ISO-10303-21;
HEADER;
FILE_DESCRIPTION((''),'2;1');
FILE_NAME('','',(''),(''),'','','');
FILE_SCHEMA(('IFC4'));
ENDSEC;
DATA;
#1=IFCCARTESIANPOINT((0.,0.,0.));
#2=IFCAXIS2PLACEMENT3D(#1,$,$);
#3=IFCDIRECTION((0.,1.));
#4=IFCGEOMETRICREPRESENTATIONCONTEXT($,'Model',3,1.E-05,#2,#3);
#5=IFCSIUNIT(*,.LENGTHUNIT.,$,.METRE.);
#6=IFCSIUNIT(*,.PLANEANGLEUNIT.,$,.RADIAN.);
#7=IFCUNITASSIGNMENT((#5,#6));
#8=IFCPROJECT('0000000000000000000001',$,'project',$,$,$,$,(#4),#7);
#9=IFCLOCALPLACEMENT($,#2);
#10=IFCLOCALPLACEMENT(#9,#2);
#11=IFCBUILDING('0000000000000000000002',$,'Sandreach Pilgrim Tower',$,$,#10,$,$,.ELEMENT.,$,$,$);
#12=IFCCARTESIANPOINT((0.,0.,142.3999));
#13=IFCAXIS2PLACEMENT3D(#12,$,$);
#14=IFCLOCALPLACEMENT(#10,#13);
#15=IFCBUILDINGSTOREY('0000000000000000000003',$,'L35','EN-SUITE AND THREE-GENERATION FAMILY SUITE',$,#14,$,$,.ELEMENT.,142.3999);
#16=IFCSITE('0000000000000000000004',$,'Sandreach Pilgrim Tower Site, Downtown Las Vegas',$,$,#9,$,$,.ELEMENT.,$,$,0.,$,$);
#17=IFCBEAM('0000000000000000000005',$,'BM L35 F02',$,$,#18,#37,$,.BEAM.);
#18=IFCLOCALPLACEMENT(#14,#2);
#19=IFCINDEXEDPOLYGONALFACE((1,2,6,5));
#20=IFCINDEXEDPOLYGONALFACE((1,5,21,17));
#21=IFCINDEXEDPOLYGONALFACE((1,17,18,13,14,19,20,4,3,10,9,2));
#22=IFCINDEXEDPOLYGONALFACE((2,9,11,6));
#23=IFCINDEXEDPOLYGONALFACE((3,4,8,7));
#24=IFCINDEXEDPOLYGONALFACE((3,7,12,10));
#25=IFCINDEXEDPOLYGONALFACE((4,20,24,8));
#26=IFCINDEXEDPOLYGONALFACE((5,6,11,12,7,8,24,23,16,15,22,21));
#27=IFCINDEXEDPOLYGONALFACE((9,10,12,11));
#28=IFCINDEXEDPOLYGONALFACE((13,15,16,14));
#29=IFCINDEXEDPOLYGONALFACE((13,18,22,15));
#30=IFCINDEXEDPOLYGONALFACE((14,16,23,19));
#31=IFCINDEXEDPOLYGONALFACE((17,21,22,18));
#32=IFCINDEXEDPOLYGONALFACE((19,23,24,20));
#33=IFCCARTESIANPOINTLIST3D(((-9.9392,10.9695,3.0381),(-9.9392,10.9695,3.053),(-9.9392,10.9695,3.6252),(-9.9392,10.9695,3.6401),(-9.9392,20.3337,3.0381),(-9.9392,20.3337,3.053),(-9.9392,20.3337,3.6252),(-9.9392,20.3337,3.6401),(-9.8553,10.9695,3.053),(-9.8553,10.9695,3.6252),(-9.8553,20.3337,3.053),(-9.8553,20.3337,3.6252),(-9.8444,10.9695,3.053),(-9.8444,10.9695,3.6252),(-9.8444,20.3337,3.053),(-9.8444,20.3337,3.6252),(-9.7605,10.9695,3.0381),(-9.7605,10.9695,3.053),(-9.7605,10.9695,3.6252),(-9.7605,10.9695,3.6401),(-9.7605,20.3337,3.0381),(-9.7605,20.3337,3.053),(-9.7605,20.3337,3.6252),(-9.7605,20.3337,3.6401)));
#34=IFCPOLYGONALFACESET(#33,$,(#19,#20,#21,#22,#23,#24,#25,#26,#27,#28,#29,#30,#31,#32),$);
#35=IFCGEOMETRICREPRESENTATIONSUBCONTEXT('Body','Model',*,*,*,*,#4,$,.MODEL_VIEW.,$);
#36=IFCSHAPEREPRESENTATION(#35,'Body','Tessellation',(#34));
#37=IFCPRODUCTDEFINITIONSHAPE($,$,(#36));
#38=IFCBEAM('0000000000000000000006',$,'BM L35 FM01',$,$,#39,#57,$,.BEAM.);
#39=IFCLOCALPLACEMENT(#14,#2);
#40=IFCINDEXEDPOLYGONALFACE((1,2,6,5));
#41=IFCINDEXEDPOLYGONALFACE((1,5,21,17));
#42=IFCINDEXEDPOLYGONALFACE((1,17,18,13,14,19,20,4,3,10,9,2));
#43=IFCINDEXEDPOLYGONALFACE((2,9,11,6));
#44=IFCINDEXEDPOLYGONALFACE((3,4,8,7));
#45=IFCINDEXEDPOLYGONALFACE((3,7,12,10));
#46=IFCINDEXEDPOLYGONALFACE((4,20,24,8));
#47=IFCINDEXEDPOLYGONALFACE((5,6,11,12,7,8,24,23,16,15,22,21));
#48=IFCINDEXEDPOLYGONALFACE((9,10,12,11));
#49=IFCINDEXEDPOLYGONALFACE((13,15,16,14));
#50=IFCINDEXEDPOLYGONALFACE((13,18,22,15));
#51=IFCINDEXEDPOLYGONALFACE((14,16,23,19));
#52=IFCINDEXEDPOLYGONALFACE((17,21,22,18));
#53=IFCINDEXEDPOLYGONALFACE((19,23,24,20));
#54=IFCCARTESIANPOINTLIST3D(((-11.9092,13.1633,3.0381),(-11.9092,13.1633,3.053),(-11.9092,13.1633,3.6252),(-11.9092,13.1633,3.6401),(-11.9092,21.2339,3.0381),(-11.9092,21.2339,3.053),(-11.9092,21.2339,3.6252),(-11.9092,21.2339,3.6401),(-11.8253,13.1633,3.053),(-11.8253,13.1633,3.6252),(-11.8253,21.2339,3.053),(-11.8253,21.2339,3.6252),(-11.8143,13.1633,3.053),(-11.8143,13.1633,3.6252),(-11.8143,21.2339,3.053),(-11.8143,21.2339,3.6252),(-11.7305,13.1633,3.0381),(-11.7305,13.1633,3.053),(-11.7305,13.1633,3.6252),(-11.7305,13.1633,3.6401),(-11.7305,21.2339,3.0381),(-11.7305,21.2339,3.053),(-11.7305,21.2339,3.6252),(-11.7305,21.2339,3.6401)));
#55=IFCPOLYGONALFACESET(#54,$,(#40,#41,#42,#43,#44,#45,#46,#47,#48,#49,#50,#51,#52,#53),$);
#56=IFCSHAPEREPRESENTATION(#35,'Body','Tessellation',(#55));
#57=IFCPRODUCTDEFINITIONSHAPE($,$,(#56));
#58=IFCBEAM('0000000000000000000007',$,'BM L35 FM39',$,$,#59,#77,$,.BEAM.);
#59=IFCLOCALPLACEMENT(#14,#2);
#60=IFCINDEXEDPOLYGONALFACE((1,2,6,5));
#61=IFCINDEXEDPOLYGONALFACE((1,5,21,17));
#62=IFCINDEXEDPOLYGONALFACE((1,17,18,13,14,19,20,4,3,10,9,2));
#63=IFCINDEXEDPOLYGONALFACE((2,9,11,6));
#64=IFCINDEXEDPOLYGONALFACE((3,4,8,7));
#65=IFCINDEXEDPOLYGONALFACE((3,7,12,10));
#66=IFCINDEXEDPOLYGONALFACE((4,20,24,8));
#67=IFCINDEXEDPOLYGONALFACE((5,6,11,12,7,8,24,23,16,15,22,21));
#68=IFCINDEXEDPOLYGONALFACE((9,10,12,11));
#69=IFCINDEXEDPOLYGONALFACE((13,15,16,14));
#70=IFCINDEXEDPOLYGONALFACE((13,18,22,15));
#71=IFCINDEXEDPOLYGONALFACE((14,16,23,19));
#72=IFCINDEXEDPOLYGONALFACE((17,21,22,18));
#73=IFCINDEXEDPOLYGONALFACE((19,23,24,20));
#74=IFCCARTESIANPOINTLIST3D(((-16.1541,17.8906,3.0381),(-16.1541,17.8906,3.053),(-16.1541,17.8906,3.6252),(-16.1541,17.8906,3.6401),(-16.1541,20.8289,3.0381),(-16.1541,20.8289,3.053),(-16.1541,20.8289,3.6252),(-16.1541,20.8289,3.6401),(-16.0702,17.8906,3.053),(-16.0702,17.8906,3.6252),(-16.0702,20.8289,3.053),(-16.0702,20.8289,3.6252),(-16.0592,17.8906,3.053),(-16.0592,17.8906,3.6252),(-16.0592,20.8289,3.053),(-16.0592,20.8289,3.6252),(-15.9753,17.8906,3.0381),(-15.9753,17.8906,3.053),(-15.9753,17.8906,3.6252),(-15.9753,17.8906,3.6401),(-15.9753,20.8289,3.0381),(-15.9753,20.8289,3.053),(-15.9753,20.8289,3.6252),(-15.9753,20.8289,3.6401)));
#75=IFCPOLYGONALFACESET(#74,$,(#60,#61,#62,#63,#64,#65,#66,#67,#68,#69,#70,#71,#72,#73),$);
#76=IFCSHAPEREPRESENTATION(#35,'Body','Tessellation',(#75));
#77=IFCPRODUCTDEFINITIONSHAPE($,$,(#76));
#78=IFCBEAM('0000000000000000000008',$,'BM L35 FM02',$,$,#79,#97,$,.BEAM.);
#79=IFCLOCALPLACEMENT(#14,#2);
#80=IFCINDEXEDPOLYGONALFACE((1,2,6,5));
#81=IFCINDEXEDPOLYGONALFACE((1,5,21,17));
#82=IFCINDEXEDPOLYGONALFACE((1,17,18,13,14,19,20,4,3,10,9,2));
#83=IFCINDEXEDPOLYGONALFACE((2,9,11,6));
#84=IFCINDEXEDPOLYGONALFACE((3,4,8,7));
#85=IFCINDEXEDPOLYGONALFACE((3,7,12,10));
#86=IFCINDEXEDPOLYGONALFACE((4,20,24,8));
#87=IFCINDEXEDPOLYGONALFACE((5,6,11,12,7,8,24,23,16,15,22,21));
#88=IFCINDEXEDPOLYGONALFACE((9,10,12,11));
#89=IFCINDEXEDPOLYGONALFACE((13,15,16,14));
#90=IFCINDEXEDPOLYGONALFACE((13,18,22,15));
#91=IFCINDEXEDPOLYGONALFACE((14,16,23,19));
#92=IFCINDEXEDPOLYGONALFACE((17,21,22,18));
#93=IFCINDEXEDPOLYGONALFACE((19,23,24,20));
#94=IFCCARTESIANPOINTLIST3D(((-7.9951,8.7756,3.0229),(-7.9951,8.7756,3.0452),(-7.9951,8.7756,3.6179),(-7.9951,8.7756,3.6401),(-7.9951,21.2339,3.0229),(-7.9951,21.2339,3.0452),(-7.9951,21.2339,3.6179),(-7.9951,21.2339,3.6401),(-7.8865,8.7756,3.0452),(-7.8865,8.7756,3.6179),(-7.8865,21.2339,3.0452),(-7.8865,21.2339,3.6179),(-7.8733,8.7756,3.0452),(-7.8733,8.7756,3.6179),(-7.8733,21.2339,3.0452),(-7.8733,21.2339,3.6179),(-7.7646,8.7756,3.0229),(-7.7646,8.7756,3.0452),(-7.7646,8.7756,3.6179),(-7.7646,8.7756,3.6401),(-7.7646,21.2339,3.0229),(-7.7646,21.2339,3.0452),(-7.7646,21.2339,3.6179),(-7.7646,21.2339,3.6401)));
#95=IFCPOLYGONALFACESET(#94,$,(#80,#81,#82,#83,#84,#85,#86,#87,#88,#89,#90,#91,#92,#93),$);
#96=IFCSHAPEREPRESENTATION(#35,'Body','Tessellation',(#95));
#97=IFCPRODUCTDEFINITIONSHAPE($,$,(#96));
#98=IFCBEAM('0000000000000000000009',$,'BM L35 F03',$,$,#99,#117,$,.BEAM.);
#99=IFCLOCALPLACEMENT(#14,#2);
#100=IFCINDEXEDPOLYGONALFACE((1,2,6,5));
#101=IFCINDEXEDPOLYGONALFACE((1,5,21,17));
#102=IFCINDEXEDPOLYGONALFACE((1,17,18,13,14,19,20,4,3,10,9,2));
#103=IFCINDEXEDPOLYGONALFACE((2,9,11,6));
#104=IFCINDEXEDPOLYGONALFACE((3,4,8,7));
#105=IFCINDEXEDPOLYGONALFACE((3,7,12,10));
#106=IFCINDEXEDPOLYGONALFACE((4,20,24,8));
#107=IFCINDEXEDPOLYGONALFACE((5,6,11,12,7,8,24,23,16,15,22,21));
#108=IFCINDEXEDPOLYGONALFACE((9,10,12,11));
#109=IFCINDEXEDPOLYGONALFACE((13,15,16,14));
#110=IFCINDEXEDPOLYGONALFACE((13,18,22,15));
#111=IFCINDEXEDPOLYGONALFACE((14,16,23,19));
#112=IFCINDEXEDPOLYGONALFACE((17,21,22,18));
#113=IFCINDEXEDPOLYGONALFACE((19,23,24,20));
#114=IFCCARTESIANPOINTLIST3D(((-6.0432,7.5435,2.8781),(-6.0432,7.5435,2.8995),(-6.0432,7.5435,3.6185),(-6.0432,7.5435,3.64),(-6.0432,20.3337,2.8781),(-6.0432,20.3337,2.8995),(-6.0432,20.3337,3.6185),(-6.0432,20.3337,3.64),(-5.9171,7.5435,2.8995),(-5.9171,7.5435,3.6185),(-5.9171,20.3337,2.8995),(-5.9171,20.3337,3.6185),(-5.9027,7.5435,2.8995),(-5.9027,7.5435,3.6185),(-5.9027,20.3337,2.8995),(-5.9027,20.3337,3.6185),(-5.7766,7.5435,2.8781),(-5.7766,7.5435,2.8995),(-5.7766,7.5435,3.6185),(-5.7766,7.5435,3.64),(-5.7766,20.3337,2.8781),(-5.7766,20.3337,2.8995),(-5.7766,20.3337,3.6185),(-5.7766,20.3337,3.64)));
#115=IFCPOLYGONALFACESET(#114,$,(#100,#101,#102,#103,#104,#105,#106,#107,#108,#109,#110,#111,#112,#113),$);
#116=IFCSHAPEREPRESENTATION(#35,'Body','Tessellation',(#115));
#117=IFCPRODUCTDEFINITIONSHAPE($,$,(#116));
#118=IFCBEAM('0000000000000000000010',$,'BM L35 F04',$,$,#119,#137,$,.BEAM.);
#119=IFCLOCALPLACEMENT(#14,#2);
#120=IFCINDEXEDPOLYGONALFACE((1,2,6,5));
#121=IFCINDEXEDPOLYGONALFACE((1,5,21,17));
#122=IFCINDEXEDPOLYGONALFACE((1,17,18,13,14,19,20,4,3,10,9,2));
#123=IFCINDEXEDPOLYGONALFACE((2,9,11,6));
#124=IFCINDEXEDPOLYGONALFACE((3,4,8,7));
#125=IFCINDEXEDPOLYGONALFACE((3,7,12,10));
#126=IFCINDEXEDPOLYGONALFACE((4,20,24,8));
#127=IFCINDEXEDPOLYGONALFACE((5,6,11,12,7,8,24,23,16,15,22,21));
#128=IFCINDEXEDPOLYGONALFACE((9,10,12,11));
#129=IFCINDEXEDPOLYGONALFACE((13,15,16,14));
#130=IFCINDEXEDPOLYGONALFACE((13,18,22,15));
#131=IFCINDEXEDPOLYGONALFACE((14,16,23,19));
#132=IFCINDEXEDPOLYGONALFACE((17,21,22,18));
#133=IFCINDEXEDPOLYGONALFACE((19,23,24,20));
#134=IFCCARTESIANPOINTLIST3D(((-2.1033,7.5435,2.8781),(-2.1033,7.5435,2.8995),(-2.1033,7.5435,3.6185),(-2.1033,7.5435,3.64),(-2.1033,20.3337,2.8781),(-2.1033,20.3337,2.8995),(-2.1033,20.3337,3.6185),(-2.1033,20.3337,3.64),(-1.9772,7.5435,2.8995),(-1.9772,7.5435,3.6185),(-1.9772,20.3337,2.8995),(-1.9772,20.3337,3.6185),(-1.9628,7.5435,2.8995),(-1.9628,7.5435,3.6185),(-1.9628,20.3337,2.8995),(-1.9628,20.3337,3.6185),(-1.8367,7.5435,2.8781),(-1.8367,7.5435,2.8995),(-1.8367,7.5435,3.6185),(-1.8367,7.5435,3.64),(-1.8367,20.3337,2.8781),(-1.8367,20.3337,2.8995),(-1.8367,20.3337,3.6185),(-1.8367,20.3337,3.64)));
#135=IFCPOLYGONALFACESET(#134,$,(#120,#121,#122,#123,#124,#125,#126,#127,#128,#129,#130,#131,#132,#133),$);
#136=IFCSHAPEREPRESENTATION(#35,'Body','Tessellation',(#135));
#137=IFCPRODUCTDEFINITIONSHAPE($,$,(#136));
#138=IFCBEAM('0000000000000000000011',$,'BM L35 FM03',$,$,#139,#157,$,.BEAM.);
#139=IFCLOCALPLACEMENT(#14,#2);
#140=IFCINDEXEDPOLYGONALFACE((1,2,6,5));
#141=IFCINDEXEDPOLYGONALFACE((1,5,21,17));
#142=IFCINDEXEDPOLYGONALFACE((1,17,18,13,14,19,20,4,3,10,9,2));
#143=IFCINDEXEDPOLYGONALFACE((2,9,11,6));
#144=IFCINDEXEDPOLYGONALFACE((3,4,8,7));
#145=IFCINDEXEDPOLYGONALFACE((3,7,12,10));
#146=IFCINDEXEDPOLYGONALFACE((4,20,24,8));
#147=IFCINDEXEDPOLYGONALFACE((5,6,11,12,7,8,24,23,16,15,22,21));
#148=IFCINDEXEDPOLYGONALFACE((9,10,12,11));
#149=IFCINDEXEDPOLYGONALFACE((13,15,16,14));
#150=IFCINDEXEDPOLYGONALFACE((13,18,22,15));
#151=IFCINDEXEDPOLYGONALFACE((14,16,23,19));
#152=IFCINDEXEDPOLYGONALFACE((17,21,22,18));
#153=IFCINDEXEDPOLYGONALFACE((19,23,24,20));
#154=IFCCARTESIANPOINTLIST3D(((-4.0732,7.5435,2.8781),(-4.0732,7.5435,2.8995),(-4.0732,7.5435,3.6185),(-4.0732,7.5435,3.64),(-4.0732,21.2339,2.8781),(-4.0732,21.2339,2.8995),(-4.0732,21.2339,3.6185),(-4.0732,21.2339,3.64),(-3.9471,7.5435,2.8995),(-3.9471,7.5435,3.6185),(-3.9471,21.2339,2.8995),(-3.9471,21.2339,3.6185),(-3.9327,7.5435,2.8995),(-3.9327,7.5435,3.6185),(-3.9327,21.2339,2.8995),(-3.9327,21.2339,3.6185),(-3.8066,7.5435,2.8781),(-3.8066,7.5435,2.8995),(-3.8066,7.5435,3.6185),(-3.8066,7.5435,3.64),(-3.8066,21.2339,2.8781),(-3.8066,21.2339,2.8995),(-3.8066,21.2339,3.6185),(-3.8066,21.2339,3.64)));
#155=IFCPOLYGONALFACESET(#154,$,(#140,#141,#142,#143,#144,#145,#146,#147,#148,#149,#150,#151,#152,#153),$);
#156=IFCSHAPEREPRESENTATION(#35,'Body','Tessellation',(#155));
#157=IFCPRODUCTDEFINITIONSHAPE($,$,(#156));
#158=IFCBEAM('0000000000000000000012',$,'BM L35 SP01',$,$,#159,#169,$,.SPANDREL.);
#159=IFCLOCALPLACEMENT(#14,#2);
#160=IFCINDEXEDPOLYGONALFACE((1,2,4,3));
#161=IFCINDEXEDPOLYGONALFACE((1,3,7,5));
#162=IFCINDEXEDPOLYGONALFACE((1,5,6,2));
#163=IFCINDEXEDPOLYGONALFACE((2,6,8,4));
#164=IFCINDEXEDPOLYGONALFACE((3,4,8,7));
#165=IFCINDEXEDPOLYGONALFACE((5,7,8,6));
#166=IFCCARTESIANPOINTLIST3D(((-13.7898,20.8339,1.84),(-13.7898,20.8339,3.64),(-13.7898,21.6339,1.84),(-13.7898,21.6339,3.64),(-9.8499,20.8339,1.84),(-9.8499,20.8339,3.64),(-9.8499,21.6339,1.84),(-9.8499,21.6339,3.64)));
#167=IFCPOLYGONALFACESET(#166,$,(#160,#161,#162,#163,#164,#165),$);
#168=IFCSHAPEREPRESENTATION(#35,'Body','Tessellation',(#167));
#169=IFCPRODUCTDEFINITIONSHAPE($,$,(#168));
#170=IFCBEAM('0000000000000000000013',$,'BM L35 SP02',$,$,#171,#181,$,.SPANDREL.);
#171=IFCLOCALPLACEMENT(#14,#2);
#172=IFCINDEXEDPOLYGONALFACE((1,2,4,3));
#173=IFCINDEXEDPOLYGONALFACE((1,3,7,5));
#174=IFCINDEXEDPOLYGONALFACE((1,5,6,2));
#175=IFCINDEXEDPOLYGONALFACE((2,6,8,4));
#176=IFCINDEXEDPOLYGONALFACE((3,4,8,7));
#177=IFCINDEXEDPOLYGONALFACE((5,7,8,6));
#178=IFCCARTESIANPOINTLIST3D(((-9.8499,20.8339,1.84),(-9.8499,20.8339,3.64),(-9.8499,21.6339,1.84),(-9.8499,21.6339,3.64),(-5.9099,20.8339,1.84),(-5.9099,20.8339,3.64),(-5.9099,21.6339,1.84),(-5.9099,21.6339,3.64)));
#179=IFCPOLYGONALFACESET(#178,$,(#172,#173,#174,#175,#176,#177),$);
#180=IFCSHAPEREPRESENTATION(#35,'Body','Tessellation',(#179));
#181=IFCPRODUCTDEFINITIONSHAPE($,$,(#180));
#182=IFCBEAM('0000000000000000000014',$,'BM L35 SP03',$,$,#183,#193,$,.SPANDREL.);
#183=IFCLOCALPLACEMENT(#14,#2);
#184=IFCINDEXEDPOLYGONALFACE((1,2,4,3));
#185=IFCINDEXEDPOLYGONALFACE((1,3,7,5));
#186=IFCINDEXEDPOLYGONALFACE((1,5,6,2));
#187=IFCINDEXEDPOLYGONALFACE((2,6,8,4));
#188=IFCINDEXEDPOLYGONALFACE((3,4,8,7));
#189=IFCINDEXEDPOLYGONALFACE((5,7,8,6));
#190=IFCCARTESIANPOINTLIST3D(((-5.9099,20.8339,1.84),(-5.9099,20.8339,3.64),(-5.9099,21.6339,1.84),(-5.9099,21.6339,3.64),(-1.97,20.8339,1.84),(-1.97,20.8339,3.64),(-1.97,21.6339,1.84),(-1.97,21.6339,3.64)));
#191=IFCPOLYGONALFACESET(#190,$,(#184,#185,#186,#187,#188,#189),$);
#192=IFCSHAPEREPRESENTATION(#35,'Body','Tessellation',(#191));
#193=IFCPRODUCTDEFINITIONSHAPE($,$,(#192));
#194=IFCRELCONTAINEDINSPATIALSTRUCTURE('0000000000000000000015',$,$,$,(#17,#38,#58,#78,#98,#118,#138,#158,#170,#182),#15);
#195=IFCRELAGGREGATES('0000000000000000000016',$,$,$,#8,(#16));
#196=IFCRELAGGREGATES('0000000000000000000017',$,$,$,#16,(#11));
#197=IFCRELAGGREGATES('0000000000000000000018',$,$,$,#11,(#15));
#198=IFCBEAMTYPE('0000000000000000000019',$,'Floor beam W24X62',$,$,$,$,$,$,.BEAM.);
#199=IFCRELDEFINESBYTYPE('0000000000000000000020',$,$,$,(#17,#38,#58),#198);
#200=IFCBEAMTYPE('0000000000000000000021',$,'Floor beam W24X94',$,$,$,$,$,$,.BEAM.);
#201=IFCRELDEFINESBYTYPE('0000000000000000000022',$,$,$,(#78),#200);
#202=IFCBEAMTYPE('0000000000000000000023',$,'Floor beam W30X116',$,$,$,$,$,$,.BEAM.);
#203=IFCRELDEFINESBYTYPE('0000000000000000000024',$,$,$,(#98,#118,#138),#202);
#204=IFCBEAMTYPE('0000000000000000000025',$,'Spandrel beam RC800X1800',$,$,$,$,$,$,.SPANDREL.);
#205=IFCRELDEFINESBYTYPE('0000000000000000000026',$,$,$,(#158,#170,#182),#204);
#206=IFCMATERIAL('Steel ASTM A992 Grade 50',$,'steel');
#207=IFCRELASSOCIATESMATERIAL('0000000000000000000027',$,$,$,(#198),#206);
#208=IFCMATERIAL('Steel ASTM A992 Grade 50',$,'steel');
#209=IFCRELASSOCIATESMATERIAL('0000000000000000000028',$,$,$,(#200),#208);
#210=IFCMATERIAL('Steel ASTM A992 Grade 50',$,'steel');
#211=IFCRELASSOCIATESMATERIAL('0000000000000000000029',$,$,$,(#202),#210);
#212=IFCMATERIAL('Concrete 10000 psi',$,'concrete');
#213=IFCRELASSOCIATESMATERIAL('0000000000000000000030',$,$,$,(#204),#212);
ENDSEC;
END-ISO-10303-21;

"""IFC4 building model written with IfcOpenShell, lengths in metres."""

from ifc_helpers import new_model, si_unit, direction, frame, origin, origin_2d, place, context, subcontext, project, spatial, rectangle, i_section, extrude, material, material_profile, profile_set, type_object, element, save


model = new_model("IFC4")

# Units and contexts
model_context = context("Model", 3, precision=1e-05, world=origin(), true_north=direction((0.0, 1.0)))
body_context = subcontext(model_context, "Body", "Model", "MODEL_VIEW")
ifc_project = project(units=[si_unit("LENGTHUNIT", "METRE"), si_unit("PLANEANGLEUNIT", "RADIAN")], contexts=[model_context])

# Site, building, storey
site_placement = place(None, origin())
site = spatial("IfcSite", under=ifc_project, at=site_placement, Name="Sandreach Pilgrim Tower Site, Downtown Las Vegas", CompositionType="ELEMENT", RefElevation=0.0)
building_placement = place(site_placement, origin())
building = spatial("IfcBuilding", under=site, at=building_placement, Name="Sandreach Pilgrim Tower", CompositionType="ELEMENT")
storey_placement = place(building_placement, frame((0.0, 0.0, 142.3999)))
storey = spatial("IfcBuildingStorey", under=building, at=storey_placement, Name="L35", Description="EN-SUITE AND THREE-GENERATION FAMILY SUITE", CompositionType="ELEMENT", Elevation=142.3999)

# Beams
ifc_material_1 = material(Name="Steel ASTM A992 Grade 50", Category="steel")
ifc_material_profile_1 = material_profile(ifc_material_1, i_section(OverallWidth=0.1787, OverallDepth=0.6021, WebThickness=0.011, FlangeThickness=0.0149, at=origin_2d()), Name="W24X62")
ifc_profile_set_1 = profile_set([ifc_material_profile_1], Name="Steel ASTM A992 Grade 50")
beam_type_1 = type_object("IfcBeamType", Name="Floor beam W24X62", PredefinedType="BEAM", material=ifc_profile_set_1)
beam_1_placement = place(storey_placement, frame((-9.8499, 20.3337, 3.3391), z_axis=(0.0, -1.0, 0.0), x_axis=(1.0, 0.0, 0.0)))
element("IfcBeam", 1, at=beam_1_placement, inside=storey, type_object=beam_type_1, Name="BM L35 F02", PredefinedType="BEAM", context=body_context, shape_type="SweptSolid", body=[
    extrude(i_section(OverallWidth=0.1787, OverallDepth=0.6021, WebThickness=0.011, FlangeThickness=0.0149, at=origin_2d()), origin(), (0.0, 0.0, 1.0), 9.3643),
])
beam_2_placement = place(storey_placement, frame((-11.8198, 21.2339, 3.3391), z_axis=(0.0, -1.0, 0.0), x_axis=(1.0, 0.0, 0.0)))
element("IfcBeam", 2, at=beam_2_placement, inside=storey, type_object=beam_type_1, Name="BM L35 FM01", PredefinedType="BEAM", context=body_context, shape_type="SweptSolid", body=[
    extrude(i_section(OverallWidth=0.1787, OverallDepth=0.6021, WebThickness=0.011, FlangeThickness=0.0149, at=origin_2d()), origin(), (0.0, 0.0, 1.0), 8.0706),
])
beam_3_placement = place(storey_placement, frame((-16.0647, 20.8289, 3.3391), z_axis=(0.0, -1.0, 0.0), x_axis=(1.0, 0.0, 0.0)))
element("IfcBeam", 3, at=beam_3_placement, inside=storey, type_object=beam_type_1, Name="BM L35 FM39", PredefinedType="BEAM", context=body_context, shape_type="SweptSolid", body=[
    extrude(i_section(OverallWidth=0.1787, OverallDepth=0.6021, WebThickness=0.011, FlangeThickness=0.0149, at=origin_2d()), origin(), (0.0, 0.0, 1.0), 2.9382),
])
ifc_material_2 = material(Name="Steel ASTM A992 Grade 50", Category="steel")
ifc_material_profile_2 = material_profile(ifc_material_2, i_section(OverallWidth=0.2305, OverallDepth=0.6172, WebThickness=0.0132, FlangeThickness=0.0222, at=origin_2d()), Name="W24X94")
ifc_profile_set_2 = profile_set([ifc_material_profile_2], Name="Steel ASTM A992 Grade 50")
beam_type_2 = type_object("IfcBeamType", Name="Floor beam W24X94", PredefinedType="BEAM", material=ifc_profile_set_2)
beam_4_placement = place(storey_placement, frame((-7.8799, 21.2339, 3.3315), z_axis=(0.0, -1.0, 0.0), x_axis=(1.0, 0.0, 0.0)))
element("IfcBeam", 4, at=beam_4_placement, inside=storey, type_object=beam_type_2, Name="BM L35 FM02", PredefinedType="BEAM", context=body_context, shape_type="SweptSolid", body=[
    extrude(i_section(OverallWidth=0.2305, OverallDepth=0.6172, WebThickness=0.0132, FlangeThickness=0.0222, at=origin_2d()), origin(), (0.0, 0.0, 1.0), 12.4583),
])
ifc_material_3 = material(Name="Steel ASTM A992 Grade 50", Category="steel")
ifc_material_profile_3 = material_profile(ifc_material_3, i_section(OverallWidth=0.2666, OverallDepth=0.762, WebThickness=0.0144, FlangeThickness=0.0215, at=origin_2d()), Name="W30X116")
ifc_profile_set_3 = profile_set([ifc_material_profile_3], Name="Steel ASTM A992 Grade 50")
beam_type_3 = type_object("IfcBeamType", Name="Floor beam W30X116", PredefinedType="BEAM", material=ifc_profile_set_3)
for number, where, z_axis, x_axis, name in (
    (5, (-5.9099, 20.3337, 3.259), (0.0, -1.0, 0.0), (1.0, 0.0, 0.0), "BM L35 F03"),
    (6, (-1.97, 20.3337, 3.259), (0.0, -1.0, 0.0), (1.0, 0.0, 0.0), "BM L35 F04"),
):
    element("IfcBeam", number, at=place(storey_placement, frame(where, z_axis=z_axis, x_axis=x_axis)), inside=storey, type_object=beam_type_3, Name=name, PredefinedType="BEAM", context=body_context, shape_type="SweptSolid", body=[
        extrude(i_section(OverallWidth=0.2666, OverallDepth=0.762, WebThickness=0.0144, FlangeThickness=0.0215, at=origin_2d()), origin(), (0.0, 0.0, 1.0), 12.7903),
    ])
beam_5_placement = place(storey_placement, frame((-3.9399, 21.2339, 3.259), z_axis=(0.0, -1.0, 0.0), x_axis=(1.0, 0.0, 0.0)))
element("IfcBeam", 7, at=beam_5_placement, inside=storey, type_object=beam_type_3, Name="BM L35 FM03", PredefinedType="BEAM", context=body_context, shape_type="SweptSolid", body=[
    extrude(i_section(OverallWidth=0.2666, OverallDepth=0.762, WebThickness=0.0144, FlangeThickness=0.0215, at=origin_2d()), origin(), (0.0, 0.0, 1.0), 13.6904),
])
ifc_material_4 = material(Name="Concrete 10000 psi", Category="concrete")
ifc_material_profile_4 = material_profile(ifc_material_4, rectangle(XDim=0.8, YDim=1.8, at=origin_2d()), Name="RC800X1800")
ifc_profile_set_4 = profile_set([ifc_material_profile_4], Name="Concrete 10000 psi")
beam_type_4 = type_object("IfcBeamType", Name="Spandrel beam RC800X1800", PredefinedType="SPANDREL", material=ifc_profile_set_4)
for number, where, z_axis, x_axis, name in (
    (8, (-13.7898, 21.2339, 2.74), (1.0, 0.0, 0.0), (0.0, 1.0, 0.0), "BM L35 SP01"),
    (9, (-9.8499, 21.2339, 2.74), (1.0, 0.0, 0.0), (0.0, 1.0, 0.0), "BM L35 SP02"),
    (10, (-5.9099, 21.2339, 2.74), (1.0, 0.0, 0.0), (0.0, 1.0, 0.0), "BM L35 SP03"),
):
    element("IfcBeam", number, at=place(storey_placement, frame(where, z_axis=z_axis, x_axis=x_axis)), inside=storey, type_object=beam_type_4, Name=name, PredefinedType="SPANDREL", context=body_context, shape_type="SweptSolid", body=[
        extrude(rectangle(XDim=0.8, YDim=1.8, at=origin_2d()), origin(), (0.0, 0.0, 1.0), 3.9399),
    ])

save(model, "model.ifc")
